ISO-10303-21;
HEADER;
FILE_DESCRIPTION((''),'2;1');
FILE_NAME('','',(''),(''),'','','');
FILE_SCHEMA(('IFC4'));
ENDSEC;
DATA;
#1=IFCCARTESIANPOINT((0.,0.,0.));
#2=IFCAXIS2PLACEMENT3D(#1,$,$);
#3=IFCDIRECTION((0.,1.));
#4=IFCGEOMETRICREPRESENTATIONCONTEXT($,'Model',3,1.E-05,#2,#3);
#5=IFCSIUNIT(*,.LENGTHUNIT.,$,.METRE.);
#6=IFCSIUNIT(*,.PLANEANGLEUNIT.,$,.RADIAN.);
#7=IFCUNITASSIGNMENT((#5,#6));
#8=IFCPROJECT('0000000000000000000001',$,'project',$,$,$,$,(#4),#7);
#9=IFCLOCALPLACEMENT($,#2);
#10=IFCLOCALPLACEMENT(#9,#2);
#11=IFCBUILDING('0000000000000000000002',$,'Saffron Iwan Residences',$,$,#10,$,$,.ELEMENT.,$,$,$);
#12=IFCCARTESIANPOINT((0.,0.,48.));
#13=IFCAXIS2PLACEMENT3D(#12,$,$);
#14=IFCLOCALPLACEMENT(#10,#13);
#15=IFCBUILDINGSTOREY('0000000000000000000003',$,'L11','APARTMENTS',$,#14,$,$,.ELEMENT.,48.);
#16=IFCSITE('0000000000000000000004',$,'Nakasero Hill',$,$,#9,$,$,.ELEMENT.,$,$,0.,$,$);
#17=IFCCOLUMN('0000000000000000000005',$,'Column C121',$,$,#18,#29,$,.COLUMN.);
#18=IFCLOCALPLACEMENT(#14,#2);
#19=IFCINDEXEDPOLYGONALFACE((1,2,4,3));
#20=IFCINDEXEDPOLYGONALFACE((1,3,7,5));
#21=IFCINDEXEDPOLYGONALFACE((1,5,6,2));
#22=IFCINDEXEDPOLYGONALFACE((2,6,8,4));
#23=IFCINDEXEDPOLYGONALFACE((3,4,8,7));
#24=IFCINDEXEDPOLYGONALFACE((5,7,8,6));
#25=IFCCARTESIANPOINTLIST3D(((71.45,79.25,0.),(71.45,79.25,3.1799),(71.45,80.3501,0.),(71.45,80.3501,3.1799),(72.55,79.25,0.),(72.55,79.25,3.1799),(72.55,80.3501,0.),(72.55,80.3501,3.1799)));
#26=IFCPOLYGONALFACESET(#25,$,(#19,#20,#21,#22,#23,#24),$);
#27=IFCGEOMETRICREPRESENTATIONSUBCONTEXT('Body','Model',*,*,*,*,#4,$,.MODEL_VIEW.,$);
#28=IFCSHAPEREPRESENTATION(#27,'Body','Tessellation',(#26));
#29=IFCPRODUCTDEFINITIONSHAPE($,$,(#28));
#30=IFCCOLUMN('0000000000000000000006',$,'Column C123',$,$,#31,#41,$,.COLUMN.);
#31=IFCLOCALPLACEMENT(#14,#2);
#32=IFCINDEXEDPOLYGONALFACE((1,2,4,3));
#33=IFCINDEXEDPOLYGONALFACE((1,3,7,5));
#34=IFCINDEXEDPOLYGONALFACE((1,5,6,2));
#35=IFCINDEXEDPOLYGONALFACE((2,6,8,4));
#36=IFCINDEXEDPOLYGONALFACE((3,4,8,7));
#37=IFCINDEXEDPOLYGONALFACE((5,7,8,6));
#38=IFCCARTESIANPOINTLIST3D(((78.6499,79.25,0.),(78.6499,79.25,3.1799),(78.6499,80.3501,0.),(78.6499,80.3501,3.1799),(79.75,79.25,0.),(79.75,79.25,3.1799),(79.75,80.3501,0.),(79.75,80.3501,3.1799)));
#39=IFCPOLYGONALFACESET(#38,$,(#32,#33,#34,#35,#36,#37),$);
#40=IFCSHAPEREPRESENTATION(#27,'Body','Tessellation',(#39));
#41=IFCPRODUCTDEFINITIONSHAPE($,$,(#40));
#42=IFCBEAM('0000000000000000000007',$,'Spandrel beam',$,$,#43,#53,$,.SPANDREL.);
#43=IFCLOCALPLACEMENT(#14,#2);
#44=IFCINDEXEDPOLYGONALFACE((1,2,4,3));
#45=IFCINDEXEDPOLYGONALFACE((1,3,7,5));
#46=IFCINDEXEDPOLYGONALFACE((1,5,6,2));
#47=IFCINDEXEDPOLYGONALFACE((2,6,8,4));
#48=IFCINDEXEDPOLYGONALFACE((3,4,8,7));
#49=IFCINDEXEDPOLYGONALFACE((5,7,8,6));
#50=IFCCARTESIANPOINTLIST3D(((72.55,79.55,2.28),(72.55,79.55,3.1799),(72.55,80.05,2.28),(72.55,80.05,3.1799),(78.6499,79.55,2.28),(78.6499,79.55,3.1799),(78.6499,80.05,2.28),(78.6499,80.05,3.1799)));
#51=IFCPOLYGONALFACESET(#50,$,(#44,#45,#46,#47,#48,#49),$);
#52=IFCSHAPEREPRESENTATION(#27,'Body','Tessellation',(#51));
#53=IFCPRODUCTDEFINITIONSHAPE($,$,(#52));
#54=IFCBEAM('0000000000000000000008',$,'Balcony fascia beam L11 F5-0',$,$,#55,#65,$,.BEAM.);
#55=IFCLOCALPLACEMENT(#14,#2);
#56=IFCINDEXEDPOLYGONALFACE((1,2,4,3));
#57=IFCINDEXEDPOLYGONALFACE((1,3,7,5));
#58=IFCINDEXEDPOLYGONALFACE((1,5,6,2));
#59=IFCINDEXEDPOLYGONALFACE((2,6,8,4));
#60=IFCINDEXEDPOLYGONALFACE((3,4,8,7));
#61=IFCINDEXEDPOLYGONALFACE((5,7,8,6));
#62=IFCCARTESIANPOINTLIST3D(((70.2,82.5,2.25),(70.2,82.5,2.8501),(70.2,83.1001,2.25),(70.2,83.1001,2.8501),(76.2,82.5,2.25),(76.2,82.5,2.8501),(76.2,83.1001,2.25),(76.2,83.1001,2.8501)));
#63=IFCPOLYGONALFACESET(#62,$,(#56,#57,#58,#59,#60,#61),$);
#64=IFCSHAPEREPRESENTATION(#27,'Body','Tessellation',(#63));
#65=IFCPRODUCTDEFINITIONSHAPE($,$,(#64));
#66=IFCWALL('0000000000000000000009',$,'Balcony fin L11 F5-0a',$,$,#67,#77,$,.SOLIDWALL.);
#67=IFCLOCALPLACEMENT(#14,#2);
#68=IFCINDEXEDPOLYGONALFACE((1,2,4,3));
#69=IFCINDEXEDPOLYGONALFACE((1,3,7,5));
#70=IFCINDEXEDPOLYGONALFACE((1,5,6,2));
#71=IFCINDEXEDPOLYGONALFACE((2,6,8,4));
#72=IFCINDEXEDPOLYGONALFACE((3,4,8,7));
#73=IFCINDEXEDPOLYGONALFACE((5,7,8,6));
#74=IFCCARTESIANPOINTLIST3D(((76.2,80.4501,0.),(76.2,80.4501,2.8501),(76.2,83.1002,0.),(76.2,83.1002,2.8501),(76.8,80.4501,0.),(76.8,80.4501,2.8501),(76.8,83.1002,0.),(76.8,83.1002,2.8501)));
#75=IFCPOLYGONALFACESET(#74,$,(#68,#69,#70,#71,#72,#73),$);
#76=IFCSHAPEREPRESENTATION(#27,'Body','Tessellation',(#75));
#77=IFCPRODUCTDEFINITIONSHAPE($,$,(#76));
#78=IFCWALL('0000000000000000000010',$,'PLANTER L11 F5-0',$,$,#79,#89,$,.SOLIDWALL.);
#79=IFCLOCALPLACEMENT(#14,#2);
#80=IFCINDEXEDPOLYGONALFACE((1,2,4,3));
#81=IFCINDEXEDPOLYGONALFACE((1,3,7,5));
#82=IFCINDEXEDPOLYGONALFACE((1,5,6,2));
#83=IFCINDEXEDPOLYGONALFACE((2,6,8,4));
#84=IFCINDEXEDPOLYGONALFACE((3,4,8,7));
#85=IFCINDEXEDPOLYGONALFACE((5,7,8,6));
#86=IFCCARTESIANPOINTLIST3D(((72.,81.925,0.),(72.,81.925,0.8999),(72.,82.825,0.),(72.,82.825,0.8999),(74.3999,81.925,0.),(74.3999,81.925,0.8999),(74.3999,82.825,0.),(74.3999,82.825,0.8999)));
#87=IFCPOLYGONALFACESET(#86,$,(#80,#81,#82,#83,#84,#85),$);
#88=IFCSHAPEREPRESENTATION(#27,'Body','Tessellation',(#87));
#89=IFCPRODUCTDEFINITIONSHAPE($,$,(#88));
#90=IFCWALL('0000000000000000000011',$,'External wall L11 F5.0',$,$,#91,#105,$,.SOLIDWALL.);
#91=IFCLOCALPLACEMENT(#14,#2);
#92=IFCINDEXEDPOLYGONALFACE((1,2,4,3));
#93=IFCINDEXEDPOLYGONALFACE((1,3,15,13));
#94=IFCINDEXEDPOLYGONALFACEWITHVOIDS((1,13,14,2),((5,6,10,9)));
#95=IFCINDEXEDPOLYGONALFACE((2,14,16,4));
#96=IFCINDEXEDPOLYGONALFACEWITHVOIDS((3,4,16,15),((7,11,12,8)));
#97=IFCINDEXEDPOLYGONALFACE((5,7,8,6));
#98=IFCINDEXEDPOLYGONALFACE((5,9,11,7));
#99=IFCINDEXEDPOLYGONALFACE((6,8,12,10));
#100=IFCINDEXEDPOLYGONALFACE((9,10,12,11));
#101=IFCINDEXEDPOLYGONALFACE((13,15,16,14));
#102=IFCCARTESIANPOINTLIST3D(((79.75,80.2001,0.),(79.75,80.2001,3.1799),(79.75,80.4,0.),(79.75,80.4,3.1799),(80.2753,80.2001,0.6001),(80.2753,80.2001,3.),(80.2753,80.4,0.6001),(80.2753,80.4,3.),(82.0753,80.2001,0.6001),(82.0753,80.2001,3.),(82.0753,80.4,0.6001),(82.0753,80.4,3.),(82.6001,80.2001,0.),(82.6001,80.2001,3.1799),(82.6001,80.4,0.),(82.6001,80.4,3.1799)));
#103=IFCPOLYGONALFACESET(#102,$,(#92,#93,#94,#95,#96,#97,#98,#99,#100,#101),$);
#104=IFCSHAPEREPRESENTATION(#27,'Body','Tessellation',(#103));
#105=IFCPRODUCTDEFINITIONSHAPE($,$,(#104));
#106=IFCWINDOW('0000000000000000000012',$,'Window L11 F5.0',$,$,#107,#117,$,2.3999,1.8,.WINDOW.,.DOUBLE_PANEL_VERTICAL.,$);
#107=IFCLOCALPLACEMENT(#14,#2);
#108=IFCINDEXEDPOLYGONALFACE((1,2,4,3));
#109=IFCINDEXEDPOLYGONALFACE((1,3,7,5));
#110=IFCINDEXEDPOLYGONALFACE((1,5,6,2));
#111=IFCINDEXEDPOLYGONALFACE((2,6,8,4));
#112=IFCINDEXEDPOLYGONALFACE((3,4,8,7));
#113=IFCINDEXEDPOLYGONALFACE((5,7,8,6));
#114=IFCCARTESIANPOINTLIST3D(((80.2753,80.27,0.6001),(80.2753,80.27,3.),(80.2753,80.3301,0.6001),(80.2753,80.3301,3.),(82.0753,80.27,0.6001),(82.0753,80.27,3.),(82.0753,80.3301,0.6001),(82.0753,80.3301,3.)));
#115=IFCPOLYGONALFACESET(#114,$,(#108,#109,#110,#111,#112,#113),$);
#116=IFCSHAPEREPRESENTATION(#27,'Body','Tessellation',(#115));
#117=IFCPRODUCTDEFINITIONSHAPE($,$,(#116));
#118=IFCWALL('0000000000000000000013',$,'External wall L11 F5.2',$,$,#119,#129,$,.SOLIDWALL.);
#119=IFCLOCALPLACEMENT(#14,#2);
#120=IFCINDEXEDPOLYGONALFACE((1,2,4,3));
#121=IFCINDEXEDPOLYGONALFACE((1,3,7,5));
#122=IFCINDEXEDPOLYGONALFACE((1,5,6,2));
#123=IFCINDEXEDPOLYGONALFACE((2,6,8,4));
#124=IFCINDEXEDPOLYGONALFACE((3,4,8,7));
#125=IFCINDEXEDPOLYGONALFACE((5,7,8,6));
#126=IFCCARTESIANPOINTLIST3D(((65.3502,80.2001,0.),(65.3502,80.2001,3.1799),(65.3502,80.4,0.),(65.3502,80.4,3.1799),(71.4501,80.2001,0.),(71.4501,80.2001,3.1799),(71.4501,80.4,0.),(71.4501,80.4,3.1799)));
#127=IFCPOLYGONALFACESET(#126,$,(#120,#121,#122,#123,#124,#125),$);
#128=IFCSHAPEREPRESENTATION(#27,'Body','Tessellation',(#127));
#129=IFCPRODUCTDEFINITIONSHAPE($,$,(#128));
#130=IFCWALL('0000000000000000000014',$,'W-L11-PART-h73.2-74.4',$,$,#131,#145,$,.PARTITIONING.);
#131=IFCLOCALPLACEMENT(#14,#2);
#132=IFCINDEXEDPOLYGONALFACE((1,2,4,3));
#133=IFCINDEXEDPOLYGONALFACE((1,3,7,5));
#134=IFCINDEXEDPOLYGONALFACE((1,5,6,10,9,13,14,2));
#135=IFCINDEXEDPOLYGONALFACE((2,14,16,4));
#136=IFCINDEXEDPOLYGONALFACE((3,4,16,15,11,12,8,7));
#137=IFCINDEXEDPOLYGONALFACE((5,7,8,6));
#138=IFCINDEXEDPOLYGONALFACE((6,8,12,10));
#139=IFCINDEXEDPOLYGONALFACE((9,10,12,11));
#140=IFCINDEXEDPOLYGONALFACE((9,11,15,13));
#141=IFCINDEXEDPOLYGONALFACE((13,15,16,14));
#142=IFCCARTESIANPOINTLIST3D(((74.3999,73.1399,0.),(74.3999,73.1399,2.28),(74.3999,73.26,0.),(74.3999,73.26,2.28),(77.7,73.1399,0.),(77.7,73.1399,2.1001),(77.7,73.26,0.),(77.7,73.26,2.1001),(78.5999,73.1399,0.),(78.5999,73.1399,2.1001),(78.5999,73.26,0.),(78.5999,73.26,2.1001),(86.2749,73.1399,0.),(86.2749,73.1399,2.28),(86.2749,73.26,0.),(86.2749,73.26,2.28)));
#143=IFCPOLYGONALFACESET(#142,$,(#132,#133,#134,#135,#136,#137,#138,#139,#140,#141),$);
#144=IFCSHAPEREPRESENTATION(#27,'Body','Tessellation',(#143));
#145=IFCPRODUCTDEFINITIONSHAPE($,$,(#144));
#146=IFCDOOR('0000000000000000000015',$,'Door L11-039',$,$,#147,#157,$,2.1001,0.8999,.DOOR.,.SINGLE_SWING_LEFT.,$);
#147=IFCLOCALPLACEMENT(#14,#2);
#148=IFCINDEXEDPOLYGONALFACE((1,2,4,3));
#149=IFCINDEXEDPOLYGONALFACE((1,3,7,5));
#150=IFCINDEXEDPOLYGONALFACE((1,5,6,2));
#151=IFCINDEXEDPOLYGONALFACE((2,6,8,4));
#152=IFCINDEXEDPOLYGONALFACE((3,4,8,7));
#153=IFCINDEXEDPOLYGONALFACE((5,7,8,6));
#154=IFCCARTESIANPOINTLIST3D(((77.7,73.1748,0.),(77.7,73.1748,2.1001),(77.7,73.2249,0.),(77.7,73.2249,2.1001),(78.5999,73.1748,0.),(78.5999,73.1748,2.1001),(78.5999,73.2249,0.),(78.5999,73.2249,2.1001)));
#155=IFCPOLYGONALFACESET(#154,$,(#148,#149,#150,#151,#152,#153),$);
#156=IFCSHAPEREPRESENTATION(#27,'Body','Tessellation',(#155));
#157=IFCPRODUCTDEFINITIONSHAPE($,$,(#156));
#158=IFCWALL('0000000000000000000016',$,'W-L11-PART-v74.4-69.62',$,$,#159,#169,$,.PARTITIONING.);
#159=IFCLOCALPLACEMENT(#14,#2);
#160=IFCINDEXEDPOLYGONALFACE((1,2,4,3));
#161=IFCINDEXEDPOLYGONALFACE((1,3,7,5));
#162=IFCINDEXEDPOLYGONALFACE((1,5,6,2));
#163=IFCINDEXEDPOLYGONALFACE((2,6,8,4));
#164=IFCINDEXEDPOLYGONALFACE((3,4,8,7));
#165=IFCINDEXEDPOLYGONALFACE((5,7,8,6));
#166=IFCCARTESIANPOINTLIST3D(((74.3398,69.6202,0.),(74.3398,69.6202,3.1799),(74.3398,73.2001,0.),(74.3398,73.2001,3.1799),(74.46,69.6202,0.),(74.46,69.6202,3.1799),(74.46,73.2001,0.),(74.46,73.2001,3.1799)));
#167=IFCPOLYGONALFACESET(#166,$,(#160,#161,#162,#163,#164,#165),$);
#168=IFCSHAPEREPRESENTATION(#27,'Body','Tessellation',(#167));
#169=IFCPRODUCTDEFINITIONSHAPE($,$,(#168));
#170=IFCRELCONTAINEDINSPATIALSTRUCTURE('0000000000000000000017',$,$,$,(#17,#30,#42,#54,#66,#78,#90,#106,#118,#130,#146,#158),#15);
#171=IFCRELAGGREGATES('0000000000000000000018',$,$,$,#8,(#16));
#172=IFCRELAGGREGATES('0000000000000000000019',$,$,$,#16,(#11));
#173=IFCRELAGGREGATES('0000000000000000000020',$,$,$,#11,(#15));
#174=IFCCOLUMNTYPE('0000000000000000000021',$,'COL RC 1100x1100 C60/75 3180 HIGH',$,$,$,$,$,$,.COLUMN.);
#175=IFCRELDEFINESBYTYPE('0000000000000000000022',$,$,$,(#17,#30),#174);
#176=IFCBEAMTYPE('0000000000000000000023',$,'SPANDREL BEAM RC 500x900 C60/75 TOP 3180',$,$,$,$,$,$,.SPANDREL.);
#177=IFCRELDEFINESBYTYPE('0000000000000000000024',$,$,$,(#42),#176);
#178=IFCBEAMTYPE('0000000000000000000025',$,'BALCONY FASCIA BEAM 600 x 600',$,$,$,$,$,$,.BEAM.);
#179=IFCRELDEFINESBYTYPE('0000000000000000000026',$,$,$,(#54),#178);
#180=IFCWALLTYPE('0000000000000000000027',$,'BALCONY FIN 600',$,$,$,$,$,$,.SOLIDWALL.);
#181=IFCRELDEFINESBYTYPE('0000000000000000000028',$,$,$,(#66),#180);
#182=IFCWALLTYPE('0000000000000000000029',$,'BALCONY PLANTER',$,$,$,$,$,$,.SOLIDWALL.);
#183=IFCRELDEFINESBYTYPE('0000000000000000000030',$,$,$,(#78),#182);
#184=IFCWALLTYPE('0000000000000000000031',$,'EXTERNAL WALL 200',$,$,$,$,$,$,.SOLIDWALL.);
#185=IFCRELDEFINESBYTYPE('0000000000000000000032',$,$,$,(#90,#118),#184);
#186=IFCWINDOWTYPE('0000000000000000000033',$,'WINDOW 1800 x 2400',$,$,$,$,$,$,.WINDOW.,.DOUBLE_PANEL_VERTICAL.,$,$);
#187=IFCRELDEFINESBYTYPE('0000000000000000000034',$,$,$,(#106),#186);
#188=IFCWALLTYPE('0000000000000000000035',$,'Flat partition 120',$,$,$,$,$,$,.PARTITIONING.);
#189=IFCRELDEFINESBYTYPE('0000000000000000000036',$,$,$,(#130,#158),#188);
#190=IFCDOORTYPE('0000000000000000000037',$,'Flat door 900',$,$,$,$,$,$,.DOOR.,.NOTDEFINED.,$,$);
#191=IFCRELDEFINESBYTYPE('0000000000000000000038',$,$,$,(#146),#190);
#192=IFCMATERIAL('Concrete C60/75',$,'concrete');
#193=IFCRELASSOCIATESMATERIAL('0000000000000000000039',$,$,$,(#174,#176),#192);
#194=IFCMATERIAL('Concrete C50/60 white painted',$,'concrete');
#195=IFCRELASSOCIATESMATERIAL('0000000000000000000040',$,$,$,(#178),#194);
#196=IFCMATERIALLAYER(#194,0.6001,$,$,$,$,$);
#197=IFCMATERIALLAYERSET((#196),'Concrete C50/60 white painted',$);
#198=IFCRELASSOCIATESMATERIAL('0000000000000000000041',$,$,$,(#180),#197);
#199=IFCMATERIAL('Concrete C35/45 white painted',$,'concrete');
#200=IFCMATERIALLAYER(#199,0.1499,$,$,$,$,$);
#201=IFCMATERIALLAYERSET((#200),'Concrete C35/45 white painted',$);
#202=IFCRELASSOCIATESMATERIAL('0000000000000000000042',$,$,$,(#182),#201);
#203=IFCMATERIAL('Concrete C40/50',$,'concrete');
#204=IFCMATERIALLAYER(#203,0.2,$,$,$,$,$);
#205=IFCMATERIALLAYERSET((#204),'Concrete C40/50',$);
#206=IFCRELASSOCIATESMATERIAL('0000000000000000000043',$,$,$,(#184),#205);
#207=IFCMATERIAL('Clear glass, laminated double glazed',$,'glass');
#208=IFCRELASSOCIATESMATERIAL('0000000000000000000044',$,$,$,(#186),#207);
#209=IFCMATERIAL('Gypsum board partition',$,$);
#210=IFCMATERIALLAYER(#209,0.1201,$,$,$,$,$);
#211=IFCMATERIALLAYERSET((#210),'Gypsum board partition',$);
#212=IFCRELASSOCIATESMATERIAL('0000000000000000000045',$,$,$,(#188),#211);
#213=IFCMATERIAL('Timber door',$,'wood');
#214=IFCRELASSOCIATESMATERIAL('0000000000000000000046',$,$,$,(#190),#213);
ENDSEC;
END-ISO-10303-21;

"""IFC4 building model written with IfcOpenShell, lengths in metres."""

from ifc_helpers import new_model, si_unit, direction, frame, frame_2d, origin, origin_2d, place, context, subcontext, project, spatial, rectangle, extrude, source, transform, mapped, material, layer, layer_set, material_profile, profile_set, type_object, element, fill, save


model = new_model("IFC4")

# Units and contexts
model_context = context("Model", 3, precision=1e-05, world=origin(), true_north=direction((0.0, 1.0)))
body_context = subcontext(model_context, "Body", "Model", "MODEL_VIEW")
ifc_project = project(units=[si_unit("LENGTHUNIT", "METRE"), si_unit("PLANEANGLEUNIT", "RADIAN")], contexts=[model_context])

# Site, building, storey
site_placement = place(None, origin())
site = spatial("IfcSite", under=ifc_project, at=site_placement, Name="Nakasero Hill", CompositionType="ELEMENT", RefElevation=0.0)
building_placement = place(site_placement, origin())
building = spatial("IfcBuilding", under=site, at=building_placement, Name="Saffron Iwan Residences", CompositionType="ELEMENT")
storey_placement = place(building_placement, frame((0.0, 0.0, 48.0)))
storey = spatial("IfcBuildingStorey", under=building, at=storey_placement, Name="L11", Description="APARTMENTS", CompositionType="ELEMENT", Elevation=48.0)

# Columns
ifc_material_1 = material(Name="Concrete C60/75", Category="concrete")
ifc_material_profile_1 = material_profile(ifc_material_1, rectangle(XDim=1.1001, YDim=1.1001, at=origin_2d()), Name="RC 1100x1100")
ifc_profile_set_1 = profile_set([ifc_material_profile_1], Name="Concrete C60/75")
column_type = type_object("IfcColumnType", Name="COL RC 1100x1100 C60/75 3180 HIGH", PredefinedType="COLUMN", material=ifc_profile_set_1)
shared_shape_1 = source(origin(), body_context, "Body", "SweptSolid", [
    extrude(rectangle(XDim=1.1001, YDim=1.1001, at=origin_2d()), origin(), (0.0, 0.0, 1.0), 3.1799),
])
for number, where, z_axis, x_axis, name in (
    (1, (72.0, 79.8, 0.0), (0.0, 0.0, 1.0), (1.0, 0.0, 0.0), "Column C121"),
    (2, (79.2, 79.8, 0.0), (0.0, 0.0, 1.0), (1.0, 0.0, 0.0), "Column C123"),
):
    element("IfcColumn", number, at=place(storey_placement, frame(where, z_axis=z_axis, x_axis=x_axis)), inside=storey, type_object=column_type, Name=name, PredefinedType="COLUMN", context=body_context, shape_type="MappedRepresentation", body=[
        mapped(shared_shape_1, transform((0.0, 0.0, 0.0))),
    ])

# Beams
ifc_material_profile_2 = material_profile(ifc_material_1, rectangle(XDim=0.5, YDim=0.8999, at=origin_2d()), Name="RC 500x900")
ifc_profile_set_2 = profile_set([ifc_material_profile_2], Name="Concrete C60/75")
beam_type_1 = type_object("IfcBeamType", Name="SPANDREL BEAM RC 500x900 C60/75 TOP 3180", PredefinedType="SPANDREL", material=ifc_profile_set_2)
shared_shape_2 = source(origin(), body_context, "Body", "SweptSolid", [
    extrude(rectangle(XDim=0.5, YDim=0.8999, at=origin_2d()), origin(), (0.0, 0.0, 1.0), 6.0999),
])
beam_1_placement = place(storey_placement, frame((72.55, 79.8, 2.73), z_axis=(1.0, 0.0, 0.0), x_axis=(0.0, 1.0, 0.0)))
element("IfcBeam", 3, at=beam_1_placement, inside=storey, type_object=beam_type_1, Name="Spandrel beam", PredefinedType="SPANDREL", context=body_context, shape_type="MappedRepresentation", body=[
    mapped(shared_shape_2, transform((0.0, 0.0, 0.0))),
])
ifc_material_2 = material(Name="Concrete C50/60 white painted", Category="concrete")
ifc_material_profile_3 = material_profile(ifc_material_2, rectangle(XDim=0.6001, YDim=0.6001, at=origin_2d()), Name="BALCONY FASCIA BEAM 600 x 600")
ifc_profile_set_3 = profile_set([ifc_material_profile_3], Name="Concrete C50/60 white painted")
beam_type_2 = type_object("IfcBeamType", Name="BALCONY FASCIA BEAM 600 x 600", PredefinedType="BEAM", material=ifc_profile_set_3)
shared_shape_3 = source(origin(), body_context, "Body", "SweptSolid", [
    extrude(rectangle(XDim=0.6001, YDim=0.6001, at=origin_2d()), origin(), (0.0, 0.0, 1.0), 6.0),
])
beam_2_placement = place(storey_placement, frame((76.2, 82.8, 2.55), z_axis=(-1.0, 0.0, 0.0), x_axis=(0.0, -1.0, 0.0)))
element("IfcBeam", 4, at=beam_2_placement, inside=storey, type_object=beam_type_2, Name="Balcony fascia beam L11 F5-0", PredefinedType="BEAM", context=body_context, shape_type="MappedRepresentation", body=[
    mapped(shared_shape_3, transform((0.0, 0.0, 0.0))),
])

# Walls
ifc_layer_1 = layer(ifc_material_2, 0.6001)
ifc_layer_set_1 = layer_set([ifc_layer_1], Name="Concrete C50/60 white painted")
wall_type_1 = type_object("IfcWallType", Name="BALCONY FIN 600", PredefinedType="SOLIDWALL", material=ifc_layer_set_1)
wall_1_placement = place(storey_placement, frame((76.5, 80.45, 0.0), z_axis=(0.0, 0.0, 1.0), x_axis=(0.0, 1.0, 0.0)))
element("IfcWall", 5, at=wall_1_placement, inside=storey, type_object=wall_type_1, Name="Balcony fin L11 F5-0a", PredefinedType="SOLIDWALL", context=body_context, shape_type="SweptSolid", body=[
    extrude(rectangle(XDim=2.6501, YDim=0.6001, at=frame_2d((1.3252, 0.0))), origin(), (0.0, 0.0, 1.0), 2.8501),
])
ifc_material_3 = material(Name="Concrete C35/45 white painted", Category="concrete")
ifc_layer_2 = layer(ifc_material_3, 0.1499)
ifc_layer_set_2 = layer_set([ifc_layer_2], Name="Concrete C35/45 white painted")
wall_type_2 = type_object("IfcWallType", Name="BALCONY PLANTER", PredefinedType="SOLIDWALL", material=ifc_layer_set_2)
wall_2_placement = place(storey_placement, frame((74.3999, 82.375, 0.0), z_axis=(0.0, 0.0, 1.0), x_axis=(-1.0, 0.0, 0.0)))
element("IfcWall", 6, at=wall_2_placement, inside=storey, type_object=wall_type_2, Name="PLANTER L11 F5-0", PredefinedType="SOLIDWALL", context=body_context, shape_type="SweptSolid", body=[
    extrude(rectangle(XDim=2.3999, YDim=0.8999, at=frame_2d((1.2, 0.0))), origin(), (0.0, 0.0, 1.0), 0.8999),
])

# Wall, opening, window
ifc_material_4 = material(Name="Concrete C40/50", Category="concrete")
ifc_layer_3 = layer(ifc_material_4, 0.2)
ifc_layer_set_3 = layer_set([ifc_layer_3], Name="Concrete C40/50")
wall_type_3 = type_object("IfcWallType", Name="EXTERNAL WALL 200", PredefinedType="SOLIDWALL", material=ifc_layer_set_3)
wall_3_placement = place(storey_placement, frame((82.6001, 80.3, 0.0), z_axis=(0.0, 0.0, 1.0), x_axis=(-1.0, 0.0, 0.0)))
wall_3 = element("IfcWall", 7, at=wall_3_placement, inside=storey, type_object=wall_type_3, Name="External wall L11 F5.0", PredefinedType="SOLIDWALL", context=body_context, shape_type="SweptSolid", body=[
    extrude(rectangle(XDim=2.8501, YDim=0.2, at=frame_2d((1.425, 0.0))), origin(), (0.0, 0.0, 1.0), 3.1799),
])
opening_1_placement = place(wall_3_placement, frame((0.5249, 0.0, 0.6001)))
opening_1 = element("IfcOpeningElement", 8, at=opening_1_placement, cuts=wall_3, PredefinedType="OPENING", context=body_context, shape_type="SweptSolid", body=[
    extrude(rectangle(XDim=1.8, YDim=2.3999, at=frame_2d((0.8999, 1.2))), frame((0.0, 0.1099, 0.0), z_axis=(0.0, -1.0, 0.0), x_axis=(1.0, 0.0, 0.0)), (0.0, 0.0, 1.0), 0.22),
])
ifc_material_5 = material(Name="Clear glass, laminated double glazed", Category="glass")
window_type_1 = type_object("IfcWindowType", Name="WINDOW 1800 x 2400", PartitioningType="DOUBLE_PANEL_VERTICAL", PredefinedType="WINDOW", material=ifc_material_5)
window_1_placement = place(opening_1_placement, origin())
window_1 = element("IfcWindow", 9, at=window_1_placement, inside=storey, type_object=window_type_1, Name="Window L11 F5.0", OverallHeight=2.3999, OverallWidth=1.8, PartitioningType="DOUBLE_PANEL_VERTICAL", PredefinedType="WINDOW", context=body_context, shape_type="SweptSolid", body=[
    extrude(rectangle(XDim=1.8, YDim=2.3999, at=frame_2d((0.8999, 1.2))), frame((0.0, 0.03, 0.0), z_axis=(0.0, -1.0, 0.0), x_axis=(1.0, 0.0, 0.0)), (0.0, 0.0, 1.0), 0.0601),
])
fill(opening_1, window_1)

# Wall
wall_4_placement = place(storey_placement, frame((71.45, 80.3, 0.0), z_axis=(0.0, 0.0, 1.0), x_axis=(-1.0, 0.0, 0.0)))
element("IfcWall", 10, at=wall_4_placement, inside=storey, type_object=wall_type_3, Name="External wall L11 F5.2", PredefinedType="SOLIDWALL", context=body_context, shape_type="SweptSolid", body=[
    extrude(rectangle(XDim=6.0999, YDim=0.2, at=frame_2d((3.0498, 0.0))), origin(), (0.0, 0.0, 1.0), 3.1799),
])

# Wall, opening, door
ifc_material_6 = material(Name="Gypsum board partition")
ifc_layer_4 = layer(ifc_material_6, 0.1201)
ifc_layer_set_4 = layer_set([ifc_layer_4], Name="Gypsum board partition")
wall_type_4 = type_object("IfcWallType", Name="Flat partition 120", PredefinedType="PARTITIONING", material=ifc_layer_set_4)
wall_5_placement = place(storey_placement, frame((74.3999, 73.2, 0.0), z_axis=(0.0, 0.0, 1.0), x_axis=(1.0, 0.0, 0.0)))
wall_5 = element("IfcWall", 11, at=wall_5_placement, inside=storey, type_object=wall_type_4, Name="W-L11-PART-h73.2-74.4", PredefinedType="PARTITIONING", context=body_context, shape_type="SweptSolid", body=[
    extrude(rectangle(XDim=11.875, YDim=0.1201, at=frame_2d((5.9375, 0.0))), origin(), (0.0, 0.0, 1.0), 2.28),
])
opening_2_placement = place(wall_5_placement, frame((3.3, 0.0, 0.0)))
opening_2 = element("IfcOpeningElement", 12, at=opening_2_placement, cuts=wall_5, PredefinedType="OPENING", context=body_context, shape_type="SweptSolid", body=[
    extrude(rectangle(XDim=0.8999, YDim=2.1001, at=frame_2d((0.45, 1.05))), frame((0.0, 0.0701, 0.0), z_axis=(0.0, -1.0, 0.0), x_axis=(1.0, 0.0, 0.0)), (0.0, 0.0, 1.0), 0.1401),
])
ifc_material_7 = material(Name="Timber door", Category="wood")
door_type_1 = type_object("IfcDoorType", Name="Flat door 900", OperationType="NOTDEFINED", PredefinedType="DOOR", material=ifc_material_7)
door_1_placement = place(opening_2_placement, origin())
door_1 = element("IfcDoor", 13, at=door_1_placement, inside=storey, type_object=door_type_1, Name="Door L11-039", OperationType="SINGLE_SWING_LEFT", OverallHeight=2.1001, OverallWidth=0.8999, PredefinedType="DOOR", context=body_context, shape_type="SweptSolid", body=[
    extrude(rectangle(XDim=0.8999, YDim=2.1001, at=frame_2d((0.45, 1.05))), frame((0.0, 0.0249, 0.0), z_axis=(0.0, -1.0, 0.0), x_axis=(1.0, 0.0, 0.0)), (0.0, 0.0, 1.0), 0.05),
])
fill(opening_2, door_1)

# Wall
wall_6_placement = place(storey_placement, frame((74.3999, 69.6201, 0.0), z_axis=(0.0, 0.0, 1.0), x_axis=(0.0, 1.0, 0.0)))
element("IfcWall", 14, at=wall_6_placement, inside=storey, type_object=wall_type_4, Name="W-L11-PART-v74.4-69.62", PredefinedType="PARTITIONING", context=body_context, shape_type="SweptSolid", body=[
    extrude(rectangle(XDim=3.5798, YDim=0.1201, at=frame_2d((1.79, 0.0))), origin(), (0.0, 0.0, 1.0), 3.1799),
])

save(model, "model.ifc")
